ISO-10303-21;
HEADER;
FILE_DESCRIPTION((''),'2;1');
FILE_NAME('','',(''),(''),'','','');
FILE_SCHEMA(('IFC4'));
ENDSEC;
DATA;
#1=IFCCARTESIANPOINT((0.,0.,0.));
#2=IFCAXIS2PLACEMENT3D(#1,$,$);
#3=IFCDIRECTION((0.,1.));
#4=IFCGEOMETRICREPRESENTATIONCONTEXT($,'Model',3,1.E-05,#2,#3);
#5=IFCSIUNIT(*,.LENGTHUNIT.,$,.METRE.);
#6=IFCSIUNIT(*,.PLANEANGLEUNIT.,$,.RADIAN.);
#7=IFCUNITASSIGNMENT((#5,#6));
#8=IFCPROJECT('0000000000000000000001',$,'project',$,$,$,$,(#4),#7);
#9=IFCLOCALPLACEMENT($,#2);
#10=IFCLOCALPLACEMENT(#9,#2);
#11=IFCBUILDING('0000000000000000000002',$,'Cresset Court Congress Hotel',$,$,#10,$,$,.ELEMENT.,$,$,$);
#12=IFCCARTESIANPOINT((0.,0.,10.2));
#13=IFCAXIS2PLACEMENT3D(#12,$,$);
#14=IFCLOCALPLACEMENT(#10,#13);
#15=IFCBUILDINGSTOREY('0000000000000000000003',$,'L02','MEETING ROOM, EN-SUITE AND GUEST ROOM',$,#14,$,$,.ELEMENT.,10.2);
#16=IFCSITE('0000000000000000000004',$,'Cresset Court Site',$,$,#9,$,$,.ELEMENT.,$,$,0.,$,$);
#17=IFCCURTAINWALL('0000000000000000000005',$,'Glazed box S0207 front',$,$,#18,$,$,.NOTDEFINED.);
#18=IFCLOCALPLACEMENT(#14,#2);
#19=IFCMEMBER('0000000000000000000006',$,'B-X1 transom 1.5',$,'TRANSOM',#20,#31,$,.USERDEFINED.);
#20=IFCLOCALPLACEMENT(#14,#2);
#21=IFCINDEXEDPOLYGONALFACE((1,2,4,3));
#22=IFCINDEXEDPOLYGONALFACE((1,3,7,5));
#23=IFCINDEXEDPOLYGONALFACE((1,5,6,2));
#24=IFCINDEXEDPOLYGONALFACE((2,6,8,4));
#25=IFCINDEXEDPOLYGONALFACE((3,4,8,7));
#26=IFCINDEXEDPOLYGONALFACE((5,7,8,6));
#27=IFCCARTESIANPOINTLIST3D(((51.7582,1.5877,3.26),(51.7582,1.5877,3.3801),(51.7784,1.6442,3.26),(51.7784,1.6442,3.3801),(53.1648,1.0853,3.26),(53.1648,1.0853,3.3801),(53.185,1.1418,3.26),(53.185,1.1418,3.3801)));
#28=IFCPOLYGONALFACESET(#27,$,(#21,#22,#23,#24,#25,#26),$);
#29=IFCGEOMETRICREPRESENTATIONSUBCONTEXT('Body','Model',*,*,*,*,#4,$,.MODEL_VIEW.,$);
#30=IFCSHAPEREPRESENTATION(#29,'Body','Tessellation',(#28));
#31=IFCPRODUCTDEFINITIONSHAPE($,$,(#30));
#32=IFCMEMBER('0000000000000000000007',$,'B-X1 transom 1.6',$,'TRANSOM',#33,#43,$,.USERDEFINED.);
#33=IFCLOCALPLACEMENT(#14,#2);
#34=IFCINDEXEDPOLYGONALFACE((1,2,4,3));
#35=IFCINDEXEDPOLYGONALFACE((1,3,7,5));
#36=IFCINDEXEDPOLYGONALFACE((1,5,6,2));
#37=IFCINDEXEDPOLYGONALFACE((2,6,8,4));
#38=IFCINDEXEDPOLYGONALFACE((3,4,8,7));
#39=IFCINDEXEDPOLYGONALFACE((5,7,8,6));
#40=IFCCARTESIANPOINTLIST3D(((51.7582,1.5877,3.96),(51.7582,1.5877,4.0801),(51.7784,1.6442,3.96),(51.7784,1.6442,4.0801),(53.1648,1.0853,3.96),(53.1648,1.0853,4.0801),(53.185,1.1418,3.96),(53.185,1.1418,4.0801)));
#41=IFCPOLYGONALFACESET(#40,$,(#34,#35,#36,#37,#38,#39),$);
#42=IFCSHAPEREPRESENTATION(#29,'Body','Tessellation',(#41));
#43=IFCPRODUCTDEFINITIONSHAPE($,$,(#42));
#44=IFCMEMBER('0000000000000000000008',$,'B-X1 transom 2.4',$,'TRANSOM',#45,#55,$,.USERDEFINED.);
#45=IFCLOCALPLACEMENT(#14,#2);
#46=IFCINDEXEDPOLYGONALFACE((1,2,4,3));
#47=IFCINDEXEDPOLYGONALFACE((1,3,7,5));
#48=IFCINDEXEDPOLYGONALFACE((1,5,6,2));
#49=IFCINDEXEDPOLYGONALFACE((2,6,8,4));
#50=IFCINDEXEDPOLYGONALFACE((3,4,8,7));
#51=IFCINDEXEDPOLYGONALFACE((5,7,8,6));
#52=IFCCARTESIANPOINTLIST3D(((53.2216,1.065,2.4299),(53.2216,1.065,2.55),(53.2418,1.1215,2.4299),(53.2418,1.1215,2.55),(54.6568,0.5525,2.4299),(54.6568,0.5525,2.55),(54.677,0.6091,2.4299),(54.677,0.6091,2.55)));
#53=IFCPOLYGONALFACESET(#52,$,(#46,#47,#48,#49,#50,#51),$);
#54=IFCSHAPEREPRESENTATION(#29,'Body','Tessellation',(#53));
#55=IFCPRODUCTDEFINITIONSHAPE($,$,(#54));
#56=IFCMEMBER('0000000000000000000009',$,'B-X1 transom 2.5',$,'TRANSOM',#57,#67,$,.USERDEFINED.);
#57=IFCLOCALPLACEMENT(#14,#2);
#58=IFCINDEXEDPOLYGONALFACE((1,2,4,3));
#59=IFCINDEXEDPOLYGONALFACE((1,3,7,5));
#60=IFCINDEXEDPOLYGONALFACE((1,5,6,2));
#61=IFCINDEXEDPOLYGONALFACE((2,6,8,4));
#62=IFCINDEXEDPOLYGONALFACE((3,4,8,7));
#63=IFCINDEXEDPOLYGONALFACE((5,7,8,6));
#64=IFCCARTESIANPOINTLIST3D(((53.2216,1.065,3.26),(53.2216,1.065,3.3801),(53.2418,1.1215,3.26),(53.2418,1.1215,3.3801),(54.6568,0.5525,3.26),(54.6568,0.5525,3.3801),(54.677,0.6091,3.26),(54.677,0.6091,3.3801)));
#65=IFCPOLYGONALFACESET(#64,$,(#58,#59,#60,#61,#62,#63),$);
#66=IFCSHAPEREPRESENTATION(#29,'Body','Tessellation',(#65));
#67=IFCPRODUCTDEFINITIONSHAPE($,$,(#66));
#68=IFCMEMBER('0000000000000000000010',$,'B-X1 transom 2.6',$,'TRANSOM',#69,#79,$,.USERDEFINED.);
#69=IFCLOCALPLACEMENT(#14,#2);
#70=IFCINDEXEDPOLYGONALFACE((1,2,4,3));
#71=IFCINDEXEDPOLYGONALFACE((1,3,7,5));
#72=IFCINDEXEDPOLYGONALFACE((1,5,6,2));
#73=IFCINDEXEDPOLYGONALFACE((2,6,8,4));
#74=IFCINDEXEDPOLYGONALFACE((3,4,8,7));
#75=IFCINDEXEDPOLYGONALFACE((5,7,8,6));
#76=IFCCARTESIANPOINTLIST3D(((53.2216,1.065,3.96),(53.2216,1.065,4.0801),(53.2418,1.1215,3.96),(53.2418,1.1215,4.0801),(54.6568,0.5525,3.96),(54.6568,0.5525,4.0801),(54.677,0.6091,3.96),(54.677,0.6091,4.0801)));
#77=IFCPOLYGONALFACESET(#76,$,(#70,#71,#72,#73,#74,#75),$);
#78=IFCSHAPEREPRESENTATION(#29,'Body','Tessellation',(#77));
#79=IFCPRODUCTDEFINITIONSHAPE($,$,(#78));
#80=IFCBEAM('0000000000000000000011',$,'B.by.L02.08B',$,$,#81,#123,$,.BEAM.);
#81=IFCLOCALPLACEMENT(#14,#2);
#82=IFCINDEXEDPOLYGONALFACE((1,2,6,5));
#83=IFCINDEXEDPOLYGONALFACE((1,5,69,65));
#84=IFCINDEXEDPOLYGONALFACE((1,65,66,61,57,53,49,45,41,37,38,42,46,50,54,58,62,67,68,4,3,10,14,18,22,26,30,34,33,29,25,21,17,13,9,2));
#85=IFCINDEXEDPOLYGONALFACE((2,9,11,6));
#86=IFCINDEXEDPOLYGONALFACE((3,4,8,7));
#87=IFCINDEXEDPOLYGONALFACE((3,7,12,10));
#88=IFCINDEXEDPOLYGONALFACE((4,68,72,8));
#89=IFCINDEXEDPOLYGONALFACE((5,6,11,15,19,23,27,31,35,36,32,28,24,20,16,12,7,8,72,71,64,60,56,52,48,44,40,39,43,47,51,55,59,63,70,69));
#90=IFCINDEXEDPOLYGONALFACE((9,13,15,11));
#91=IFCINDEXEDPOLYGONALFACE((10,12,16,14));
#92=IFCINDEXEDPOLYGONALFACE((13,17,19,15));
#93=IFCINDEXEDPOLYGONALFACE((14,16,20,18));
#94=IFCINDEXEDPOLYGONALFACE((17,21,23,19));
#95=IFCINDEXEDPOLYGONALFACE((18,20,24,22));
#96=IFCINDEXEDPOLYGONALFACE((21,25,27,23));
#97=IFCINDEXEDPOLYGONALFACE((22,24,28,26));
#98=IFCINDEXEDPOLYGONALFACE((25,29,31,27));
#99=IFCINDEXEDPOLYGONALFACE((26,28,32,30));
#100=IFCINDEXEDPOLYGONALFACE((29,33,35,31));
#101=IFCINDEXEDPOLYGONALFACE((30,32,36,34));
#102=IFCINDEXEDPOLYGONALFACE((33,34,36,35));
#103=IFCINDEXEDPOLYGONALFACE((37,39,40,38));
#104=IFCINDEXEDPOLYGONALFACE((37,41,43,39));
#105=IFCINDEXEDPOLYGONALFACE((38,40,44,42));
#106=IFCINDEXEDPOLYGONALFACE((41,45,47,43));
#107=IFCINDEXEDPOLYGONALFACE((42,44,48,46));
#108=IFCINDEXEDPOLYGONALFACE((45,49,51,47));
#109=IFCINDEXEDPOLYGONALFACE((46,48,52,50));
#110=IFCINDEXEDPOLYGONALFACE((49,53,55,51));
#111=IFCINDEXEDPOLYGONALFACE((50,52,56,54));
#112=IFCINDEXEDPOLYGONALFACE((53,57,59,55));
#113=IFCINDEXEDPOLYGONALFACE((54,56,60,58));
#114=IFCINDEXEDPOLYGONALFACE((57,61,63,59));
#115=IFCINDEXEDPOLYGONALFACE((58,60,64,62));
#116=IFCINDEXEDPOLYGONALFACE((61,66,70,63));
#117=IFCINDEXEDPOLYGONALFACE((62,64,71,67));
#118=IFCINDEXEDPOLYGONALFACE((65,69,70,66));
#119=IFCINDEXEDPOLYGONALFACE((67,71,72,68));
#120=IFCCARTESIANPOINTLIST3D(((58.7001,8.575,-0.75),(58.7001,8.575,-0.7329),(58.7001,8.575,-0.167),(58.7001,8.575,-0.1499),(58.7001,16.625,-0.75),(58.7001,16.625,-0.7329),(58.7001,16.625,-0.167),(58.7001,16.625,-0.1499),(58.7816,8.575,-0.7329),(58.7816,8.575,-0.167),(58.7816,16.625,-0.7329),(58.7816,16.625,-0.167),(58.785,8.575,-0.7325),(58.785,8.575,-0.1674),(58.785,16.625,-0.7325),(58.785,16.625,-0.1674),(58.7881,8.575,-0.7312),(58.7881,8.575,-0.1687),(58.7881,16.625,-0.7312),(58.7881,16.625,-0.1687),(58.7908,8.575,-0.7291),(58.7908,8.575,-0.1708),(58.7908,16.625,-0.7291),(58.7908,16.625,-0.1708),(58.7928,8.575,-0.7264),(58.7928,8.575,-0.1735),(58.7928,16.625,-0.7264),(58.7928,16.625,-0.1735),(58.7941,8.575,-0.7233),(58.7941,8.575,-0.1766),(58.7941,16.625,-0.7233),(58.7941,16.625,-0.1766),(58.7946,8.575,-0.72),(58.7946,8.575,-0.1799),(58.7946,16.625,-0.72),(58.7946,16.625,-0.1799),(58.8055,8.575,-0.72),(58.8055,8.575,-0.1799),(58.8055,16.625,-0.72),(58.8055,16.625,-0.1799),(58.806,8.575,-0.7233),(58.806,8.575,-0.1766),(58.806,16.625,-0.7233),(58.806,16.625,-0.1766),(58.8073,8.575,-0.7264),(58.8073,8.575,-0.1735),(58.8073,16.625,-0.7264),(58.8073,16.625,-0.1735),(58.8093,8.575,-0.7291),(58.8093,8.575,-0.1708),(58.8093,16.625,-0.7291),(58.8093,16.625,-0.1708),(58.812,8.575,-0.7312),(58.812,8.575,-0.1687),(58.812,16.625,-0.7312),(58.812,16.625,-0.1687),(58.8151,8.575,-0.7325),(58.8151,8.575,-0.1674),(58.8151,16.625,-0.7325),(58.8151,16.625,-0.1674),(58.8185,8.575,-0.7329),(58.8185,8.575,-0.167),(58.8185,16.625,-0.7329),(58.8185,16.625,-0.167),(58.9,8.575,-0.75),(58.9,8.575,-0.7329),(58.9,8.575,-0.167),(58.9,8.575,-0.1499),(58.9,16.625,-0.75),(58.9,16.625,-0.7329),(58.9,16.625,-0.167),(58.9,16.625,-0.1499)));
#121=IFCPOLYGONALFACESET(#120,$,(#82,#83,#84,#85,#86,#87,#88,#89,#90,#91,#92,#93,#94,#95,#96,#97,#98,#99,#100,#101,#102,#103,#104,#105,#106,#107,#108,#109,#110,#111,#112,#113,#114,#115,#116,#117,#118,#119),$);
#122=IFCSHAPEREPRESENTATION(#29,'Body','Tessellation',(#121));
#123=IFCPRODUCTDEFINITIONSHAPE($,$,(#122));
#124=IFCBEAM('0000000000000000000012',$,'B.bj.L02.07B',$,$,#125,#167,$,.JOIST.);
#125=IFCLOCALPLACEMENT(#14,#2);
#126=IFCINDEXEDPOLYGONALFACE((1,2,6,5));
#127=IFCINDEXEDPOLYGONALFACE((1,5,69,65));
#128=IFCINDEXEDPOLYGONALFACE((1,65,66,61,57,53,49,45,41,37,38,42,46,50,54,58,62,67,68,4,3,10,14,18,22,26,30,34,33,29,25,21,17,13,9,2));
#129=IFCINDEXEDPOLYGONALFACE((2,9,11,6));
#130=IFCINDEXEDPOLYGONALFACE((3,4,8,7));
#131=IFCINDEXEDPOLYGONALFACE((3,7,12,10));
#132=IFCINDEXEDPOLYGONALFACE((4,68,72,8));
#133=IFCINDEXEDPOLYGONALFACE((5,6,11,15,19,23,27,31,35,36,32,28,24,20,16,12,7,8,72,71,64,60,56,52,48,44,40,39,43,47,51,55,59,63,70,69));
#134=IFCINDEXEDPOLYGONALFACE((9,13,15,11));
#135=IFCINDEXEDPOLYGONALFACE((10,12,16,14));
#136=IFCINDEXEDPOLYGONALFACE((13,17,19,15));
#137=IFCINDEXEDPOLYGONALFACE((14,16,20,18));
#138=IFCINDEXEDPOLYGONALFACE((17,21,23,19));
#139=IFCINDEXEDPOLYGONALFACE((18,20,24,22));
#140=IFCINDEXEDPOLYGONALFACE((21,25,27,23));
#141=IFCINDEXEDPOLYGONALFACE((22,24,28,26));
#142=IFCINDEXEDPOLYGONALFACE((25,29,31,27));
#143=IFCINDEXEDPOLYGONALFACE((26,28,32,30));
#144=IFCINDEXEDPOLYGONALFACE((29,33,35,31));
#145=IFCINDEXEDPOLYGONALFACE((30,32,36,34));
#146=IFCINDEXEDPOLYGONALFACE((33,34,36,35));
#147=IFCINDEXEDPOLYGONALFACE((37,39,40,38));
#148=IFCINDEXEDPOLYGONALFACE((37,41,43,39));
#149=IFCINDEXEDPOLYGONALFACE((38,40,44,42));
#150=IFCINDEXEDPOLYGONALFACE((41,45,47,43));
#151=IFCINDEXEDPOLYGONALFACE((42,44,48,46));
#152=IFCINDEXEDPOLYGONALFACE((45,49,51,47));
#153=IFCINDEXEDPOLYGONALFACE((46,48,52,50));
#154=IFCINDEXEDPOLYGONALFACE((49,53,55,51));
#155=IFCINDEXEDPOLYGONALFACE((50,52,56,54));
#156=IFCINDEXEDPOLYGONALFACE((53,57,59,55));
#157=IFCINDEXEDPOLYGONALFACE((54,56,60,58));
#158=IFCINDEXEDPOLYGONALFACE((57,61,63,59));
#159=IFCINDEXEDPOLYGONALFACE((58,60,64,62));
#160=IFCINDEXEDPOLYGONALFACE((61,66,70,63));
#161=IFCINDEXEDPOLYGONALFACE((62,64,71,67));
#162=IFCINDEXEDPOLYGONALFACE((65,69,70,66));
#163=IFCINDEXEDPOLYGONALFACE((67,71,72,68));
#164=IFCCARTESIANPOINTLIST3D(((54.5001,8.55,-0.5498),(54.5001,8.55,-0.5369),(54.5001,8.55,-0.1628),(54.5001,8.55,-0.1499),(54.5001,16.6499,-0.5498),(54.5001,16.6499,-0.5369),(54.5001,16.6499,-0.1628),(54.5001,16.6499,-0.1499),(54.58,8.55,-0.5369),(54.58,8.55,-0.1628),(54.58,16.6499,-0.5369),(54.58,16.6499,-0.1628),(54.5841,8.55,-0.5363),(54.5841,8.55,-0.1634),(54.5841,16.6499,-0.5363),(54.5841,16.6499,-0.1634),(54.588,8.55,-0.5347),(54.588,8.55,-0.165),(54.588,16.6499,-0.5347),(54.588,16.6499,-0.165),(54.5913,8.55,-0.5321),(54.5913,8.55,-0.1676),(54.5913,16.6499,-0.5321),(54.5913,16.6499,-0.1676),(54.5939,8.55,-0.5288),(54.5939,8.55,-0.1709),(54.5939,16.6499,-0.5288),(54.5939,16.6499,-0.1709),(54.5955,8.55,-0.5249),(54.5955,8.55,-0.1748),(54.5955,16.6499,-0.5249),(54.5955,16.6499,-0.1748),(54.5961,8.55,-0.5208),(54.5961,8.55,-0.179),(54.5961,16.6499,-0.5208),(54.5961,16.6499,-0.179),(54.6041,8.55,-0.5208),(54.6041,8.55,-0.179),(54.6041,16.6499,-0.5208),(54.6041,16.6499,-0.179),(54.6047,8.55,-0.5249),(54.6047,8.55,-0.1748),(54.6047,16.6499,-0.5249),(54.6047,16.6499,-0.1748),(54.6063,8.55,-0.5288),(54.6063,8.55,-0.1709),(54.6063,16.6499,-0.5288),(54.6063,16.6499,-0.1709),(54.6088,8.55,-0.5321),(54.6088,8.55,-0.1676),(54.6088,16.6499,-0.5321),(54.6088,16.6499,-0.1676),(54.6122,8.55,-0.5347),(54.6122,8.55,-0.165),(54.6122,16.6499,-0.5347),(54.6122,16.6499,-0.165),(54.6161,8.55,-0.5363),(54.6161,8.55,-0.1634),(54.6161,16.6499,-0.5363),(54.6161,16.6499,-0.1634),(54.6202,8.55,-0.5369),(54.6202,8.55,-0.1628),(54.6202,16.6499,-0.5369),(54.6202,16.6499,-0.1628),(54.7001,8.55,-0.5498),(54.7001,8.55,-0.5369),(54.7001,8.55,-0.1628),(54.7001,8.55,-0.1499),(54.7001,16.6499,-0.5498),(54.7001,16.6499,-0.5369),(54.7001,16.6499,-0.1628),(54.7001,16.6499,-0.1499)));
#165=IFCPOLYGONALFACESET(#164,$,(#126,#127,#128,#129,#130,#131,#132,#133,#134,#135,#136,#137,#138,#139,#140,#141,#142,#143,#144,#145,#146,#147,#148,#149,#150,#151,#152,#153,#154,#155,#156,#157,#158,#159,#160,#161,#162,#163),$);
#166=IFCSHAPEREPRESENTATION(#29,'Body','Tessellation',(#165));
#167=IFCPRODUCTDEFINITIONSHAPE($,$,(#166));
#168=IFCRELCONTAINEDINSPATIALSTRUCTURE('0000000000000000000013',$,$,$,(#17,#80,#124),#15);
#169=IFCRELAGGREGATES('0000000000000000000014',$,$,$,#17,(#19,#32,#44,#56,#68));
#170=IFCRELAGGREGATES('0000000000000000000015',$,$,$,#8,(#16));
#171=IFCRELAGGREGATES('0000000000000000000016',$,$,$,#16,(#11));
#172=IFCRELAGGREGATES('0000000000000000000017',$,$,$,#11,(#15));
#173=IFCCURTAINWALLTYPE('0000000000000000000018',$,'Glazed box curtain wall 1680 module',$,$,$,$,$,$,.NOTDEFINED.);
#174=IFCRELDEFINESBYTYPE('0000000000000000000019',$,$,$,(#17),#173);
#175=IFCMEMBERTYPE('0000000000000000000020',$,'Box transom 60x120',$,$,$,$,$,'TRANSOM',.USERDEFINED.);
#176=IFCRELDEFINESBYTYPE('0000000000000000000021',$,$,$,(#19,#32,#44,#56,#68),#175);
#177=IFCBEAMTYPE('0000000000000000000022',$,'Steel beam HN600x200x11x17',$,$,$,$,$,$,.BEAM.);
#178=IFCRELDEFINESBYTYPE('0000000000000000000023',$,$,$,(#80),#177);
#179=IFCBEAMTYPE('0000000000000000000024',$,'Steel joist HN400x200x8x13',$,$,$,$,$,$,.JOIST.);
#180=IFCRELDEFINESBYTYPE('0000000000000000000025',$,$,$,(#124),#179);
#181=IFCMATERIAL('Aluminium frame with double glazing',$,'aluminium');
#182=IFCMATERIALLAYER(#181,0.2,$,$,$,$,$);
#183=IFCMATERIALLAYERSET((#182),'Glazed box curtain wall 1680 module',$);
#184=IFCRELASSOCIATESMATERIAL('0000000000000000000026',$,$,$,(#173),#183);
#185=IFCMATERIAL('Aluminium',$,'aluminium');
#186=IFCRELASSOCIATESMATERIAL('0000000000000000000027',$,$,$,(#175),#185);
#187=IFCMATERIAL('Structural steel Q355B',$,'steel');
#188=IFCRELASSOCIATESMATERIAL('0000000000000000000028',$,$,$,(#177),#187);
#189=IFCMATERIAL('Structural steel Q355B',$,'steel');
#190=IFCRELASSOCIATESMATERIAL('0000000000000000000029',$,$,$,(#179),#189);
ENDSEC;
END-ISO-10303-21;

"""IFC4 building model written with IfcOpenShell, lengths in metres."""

from ifc_helpers import new_model, si_unit, direction, frame, origin, origin_2d, place, context, subcontext, project, spatial, rectangle, i_section, extrude, material, layer, layer_set, material_profile, profile_set, type_object, element, aggregate, save


model = new_model("IFC4")

# Units and contexts
model_context = context("Model", 3, precision=1e-05, world=origin(), true_north=direction((0.0, 1.0)))
body_context = subcontext(model_context, "Body", "Model", "MODEL_VIEW")
ifc_project = project(units=[si_unit("LENGTHUNIT", "METRE"), si_unit("PLANEANGLEUNIT", "RADIAN")], contexts=[model_context])

# Site, building, storey
site_placement = place(None, origin())
site = spatial("IfcSite", under=ifc_project, at=site_placement, Name="Cresset Court Site", CompositionType="ELEMENT", RefElevation=0.0)
building_placement = place(site_placement, origin())
building = spatial("IfcBuilding", under=site, at=building_placement, Name="Cresset Court Congress Hotel", CompositionType="ELEMENT")
storey_placement = place(building_placement, frame((0.0, 0.0, 10.2)))
storey = spatial("IfcBuildingStorey", under=building, at=storey_placement, Name="L02", Description="MEETING ROOM, EN-SUITE AND GUEST ROOM", CompositionType="ELEMENT", Elevation=10.2)

# Curtain wall
ifc_material_1 = material(Name="Aluminium frame with double glazing", Category="aluminium")
ifc_layer_1 = layer(ifc_material_1, 0.2)
ifc_layer_set_1 = layer_set([ifc_layer_1], Name="Glazed box curtain wall 1680 module")
curtain_wall_type = type_object("IfcCurtainWallType", Name="Glazed box curtain wall 1680 module", PredefinedType="NOTDEFINED", material=ifc_layer_set_1)
curtain_wall_1_placement = place(storey_placement, origin())
curtain_wall_1 = element("IfcCurtainWall", 1, at=curtain_wall_1_placement, inside=storey, type_object=curtain_wall_type, Name="Glazed box S0207 front", PredefinedType="NOTDEFINED")

# Members
ifc_material_2 = material(Name="Aluminium", Category="aluminium")
ifc_material_profile_1 = material_profile(ifc_material_2, rectangle(XDim=0.0601, YDim=0.1201, at=origin_2d()), Name="Box transom 60x120")
ifc_profile_set_1 = profile_set([ifc_material_profile_1], Name="Aluminium")
member_type_1 = type_object("IfcMemberType", Name="Box transom 60x120", ElementType="TRANSOM", PredefinedType="USERDEFINED", material=ifc_profile_set_1)
member_1_placement = place(storey_placement, frame((51.7683, 1.616, 3.3201), z_axis=(0.941735, -0.336357, 0.0), x_axis=(0.336357, 0.941735, 0.0)))
member_1 = element("IfcMember", 2, at=member_1_placement, type_object=member_type_1, Name="B-X1 transom 1.5", ObjectType="TRANSOM", PredefinedType="USERDEFINED", context=body_context, shape_type="SweptSolid", body=[
    extrude(rectangle(XDim=0.0601, YDim=0.1201, at=origin_2d()), origin(), (0.0, 0.0, 1.0), 1.4937),
])
member_2_placement = place(storey_placement, frame((51.7683, 1.616, 4.02), z_axis=(0.941735, -0.336357, 0.0), x_axis=(0.336357, 0.941735, 0.0)))
member_2 = element("IfcMember", 3, at=member_2_placement, type_object=member_type_1, Name="B-X1 transom 1.6", ObjectType="TRANSOM", PredefinedType="USERDEFINED", context=body_context, shape_type="SweptSolid", body=[
    extrude(rectangle(XDim=0.0601, YDim=0.1201, at=origin_2d()), origin(), (0.0, 0.0, 1.0), 1.4937),
])
member_3_placement = place(storey_placement, frame((53.2317, 1.0933, 2.49), z_axis=(0.941756, -0.336296, 0.0), x_axis=(0.336296, 0.941756, 0.0)))
member_3 = element("IfcMember", 4, at=member_3_placement, type_object=member_type_1, Name="B-X1 transom 2.4", ObjectType="TRANSOM", PredefinedType="USERDEFINED", context=body_context, shape_type="SweptSolid", body=[
    extrude(rectangle(XDim=0.0601, YDim=0.1201, at=origin_2d()), origin(), (0.0, 0.0, 1.0), 1.5239),
])
member_4_placement = place(storey_placement, frame((53.2317, 1.0933, 3.3201), z_axis=(0.941756, -0.336296, 0.0), x_axis=(0.336296, 0.941756, 0.0)))
member_4 = element("IfcMember", 5, at=member_4_placement, type_object=member_type_1, Name="B-X1 transom 2.5", ObjectType="TRANSOM", PredefinedType="USERDEFINED", context=body_context, shape_type="SweptSolid", body=[
    extrude(rectangle(XDim=0.0601, YDim=0.1201, at=origin_2d()), origin(), (0.0, 0.0, 1.0), 1.5239),
])
member_5_placement = place(storey_placement, frame((53.2317, 1.0933, 4.02), z_axis=(0.941756, -0.336296, 0.0), x_axis=(0.336296, 0.941756, 0.0)))
member_5 = element("IfcMember", 6, at=member_5_placement, type_object=member_type_1, Name="B-X1 transom 2.6", ObjectType="TRANSOM", PredefinedType="USERDEFINED", context=body_context, shape_type="SweptSolid", body=[
    extrude(rectangle(XDim=0.0601, YDim=0.1201, at=origin_2d()), origin(), (0.0, 0.0, 1.0), 1.5239),
])

# Beams
ifc_material_3 = material(Name="Structural steel Q355B", Category="steel")
ifc_material_profile_2 = material_profile(ifc_material_3, i_section(OverallWidth=0.2, OverallDepth=0.6001, WebThickness=0.011, FlangeThickness=0.0171, FilletRadius=0.0129, at=origin_2d()), Name="HN600x200x11x17")
ifc_profile_set_2 = profile_set([ifc_material_profile_2], Name="Structural steel Q355B")
beam_type_1 = type_object("IfcBeamType", Name="Steel beam HN600x200x11x17", PredefinedType="BEAM", material=ifc_profile_set_2)
beam_1_placement = place(storey_placement, frame((58.8, 8.575, -0.45), z_axis=(0.0, 1.0, 0.0), x_axis=(-1.0, 0.0, 0.0)))
element("IfcBeam", 7, at=beam_1_placement, inside=storey, type_object=beam_type_1, Name="B.by.L02.08B", PredefinedType="BEAM", context=body_context, shape_type="SweptSolid", body=[
    extrude(i_section(OverallWidth=0.2, OverallDepth=0.6001, WebThickness=0.011, FlangeThickness=0.0171, FilletRadius=0.0129, at=origin_2d()), origin(), (0.0, 0.0, 1.0), 8.05),
])
ifc_material_4 = material(Name="Structural steel Q355B", Category="steel")
ifc_material_profile_3 = material_profile(ifc_material_4, i_section(OverallWidth=0.2, OverallDepth=0.3999, WebThickness=0.0081, FlangeThickness=0.0129, FilletRadius=0.0161, at=origin_2d()), Name="HN400x200x8x13")
ifc_profile_set_3 = profile_set([ifc_material_profile_3], Name="Structural steel Q355B")
beam_type_2 = type_object("IfcBeamType", Name="Steel joist HN400x200x8x13", PredefinedType="JOIST", material=ifc_profile_set_3)
beam_2_placement = place(storey_placement, frame((54.6001, 8.55, -0.3499), z_axis=(0.0, 1.0, 0.0), x_axis=(-1.0, 0.0, 0.0)))
element("IfcBeam", 8, at=beam_2_placement, inside=storey, type_object=beam_type_2, Name="B.bj.L02.07B", PredefinedType="JOIST", context=body_context, shape_type="SweptSolid", body=[
    extrude(i_section(OverallWidth=0.2, OverallDepth=0.3999, WebThickness=0.0081, FlangeThickness=0.0129, FilletRadius=0.0161, at=origin_2d()), origin(), (0.0, 0.0, 1.0), 8.0999),
])

aggregate(curtain_wall_1, [member_1, member_2, member_3, member_4, member_5])

save(model, "model.ifc")
